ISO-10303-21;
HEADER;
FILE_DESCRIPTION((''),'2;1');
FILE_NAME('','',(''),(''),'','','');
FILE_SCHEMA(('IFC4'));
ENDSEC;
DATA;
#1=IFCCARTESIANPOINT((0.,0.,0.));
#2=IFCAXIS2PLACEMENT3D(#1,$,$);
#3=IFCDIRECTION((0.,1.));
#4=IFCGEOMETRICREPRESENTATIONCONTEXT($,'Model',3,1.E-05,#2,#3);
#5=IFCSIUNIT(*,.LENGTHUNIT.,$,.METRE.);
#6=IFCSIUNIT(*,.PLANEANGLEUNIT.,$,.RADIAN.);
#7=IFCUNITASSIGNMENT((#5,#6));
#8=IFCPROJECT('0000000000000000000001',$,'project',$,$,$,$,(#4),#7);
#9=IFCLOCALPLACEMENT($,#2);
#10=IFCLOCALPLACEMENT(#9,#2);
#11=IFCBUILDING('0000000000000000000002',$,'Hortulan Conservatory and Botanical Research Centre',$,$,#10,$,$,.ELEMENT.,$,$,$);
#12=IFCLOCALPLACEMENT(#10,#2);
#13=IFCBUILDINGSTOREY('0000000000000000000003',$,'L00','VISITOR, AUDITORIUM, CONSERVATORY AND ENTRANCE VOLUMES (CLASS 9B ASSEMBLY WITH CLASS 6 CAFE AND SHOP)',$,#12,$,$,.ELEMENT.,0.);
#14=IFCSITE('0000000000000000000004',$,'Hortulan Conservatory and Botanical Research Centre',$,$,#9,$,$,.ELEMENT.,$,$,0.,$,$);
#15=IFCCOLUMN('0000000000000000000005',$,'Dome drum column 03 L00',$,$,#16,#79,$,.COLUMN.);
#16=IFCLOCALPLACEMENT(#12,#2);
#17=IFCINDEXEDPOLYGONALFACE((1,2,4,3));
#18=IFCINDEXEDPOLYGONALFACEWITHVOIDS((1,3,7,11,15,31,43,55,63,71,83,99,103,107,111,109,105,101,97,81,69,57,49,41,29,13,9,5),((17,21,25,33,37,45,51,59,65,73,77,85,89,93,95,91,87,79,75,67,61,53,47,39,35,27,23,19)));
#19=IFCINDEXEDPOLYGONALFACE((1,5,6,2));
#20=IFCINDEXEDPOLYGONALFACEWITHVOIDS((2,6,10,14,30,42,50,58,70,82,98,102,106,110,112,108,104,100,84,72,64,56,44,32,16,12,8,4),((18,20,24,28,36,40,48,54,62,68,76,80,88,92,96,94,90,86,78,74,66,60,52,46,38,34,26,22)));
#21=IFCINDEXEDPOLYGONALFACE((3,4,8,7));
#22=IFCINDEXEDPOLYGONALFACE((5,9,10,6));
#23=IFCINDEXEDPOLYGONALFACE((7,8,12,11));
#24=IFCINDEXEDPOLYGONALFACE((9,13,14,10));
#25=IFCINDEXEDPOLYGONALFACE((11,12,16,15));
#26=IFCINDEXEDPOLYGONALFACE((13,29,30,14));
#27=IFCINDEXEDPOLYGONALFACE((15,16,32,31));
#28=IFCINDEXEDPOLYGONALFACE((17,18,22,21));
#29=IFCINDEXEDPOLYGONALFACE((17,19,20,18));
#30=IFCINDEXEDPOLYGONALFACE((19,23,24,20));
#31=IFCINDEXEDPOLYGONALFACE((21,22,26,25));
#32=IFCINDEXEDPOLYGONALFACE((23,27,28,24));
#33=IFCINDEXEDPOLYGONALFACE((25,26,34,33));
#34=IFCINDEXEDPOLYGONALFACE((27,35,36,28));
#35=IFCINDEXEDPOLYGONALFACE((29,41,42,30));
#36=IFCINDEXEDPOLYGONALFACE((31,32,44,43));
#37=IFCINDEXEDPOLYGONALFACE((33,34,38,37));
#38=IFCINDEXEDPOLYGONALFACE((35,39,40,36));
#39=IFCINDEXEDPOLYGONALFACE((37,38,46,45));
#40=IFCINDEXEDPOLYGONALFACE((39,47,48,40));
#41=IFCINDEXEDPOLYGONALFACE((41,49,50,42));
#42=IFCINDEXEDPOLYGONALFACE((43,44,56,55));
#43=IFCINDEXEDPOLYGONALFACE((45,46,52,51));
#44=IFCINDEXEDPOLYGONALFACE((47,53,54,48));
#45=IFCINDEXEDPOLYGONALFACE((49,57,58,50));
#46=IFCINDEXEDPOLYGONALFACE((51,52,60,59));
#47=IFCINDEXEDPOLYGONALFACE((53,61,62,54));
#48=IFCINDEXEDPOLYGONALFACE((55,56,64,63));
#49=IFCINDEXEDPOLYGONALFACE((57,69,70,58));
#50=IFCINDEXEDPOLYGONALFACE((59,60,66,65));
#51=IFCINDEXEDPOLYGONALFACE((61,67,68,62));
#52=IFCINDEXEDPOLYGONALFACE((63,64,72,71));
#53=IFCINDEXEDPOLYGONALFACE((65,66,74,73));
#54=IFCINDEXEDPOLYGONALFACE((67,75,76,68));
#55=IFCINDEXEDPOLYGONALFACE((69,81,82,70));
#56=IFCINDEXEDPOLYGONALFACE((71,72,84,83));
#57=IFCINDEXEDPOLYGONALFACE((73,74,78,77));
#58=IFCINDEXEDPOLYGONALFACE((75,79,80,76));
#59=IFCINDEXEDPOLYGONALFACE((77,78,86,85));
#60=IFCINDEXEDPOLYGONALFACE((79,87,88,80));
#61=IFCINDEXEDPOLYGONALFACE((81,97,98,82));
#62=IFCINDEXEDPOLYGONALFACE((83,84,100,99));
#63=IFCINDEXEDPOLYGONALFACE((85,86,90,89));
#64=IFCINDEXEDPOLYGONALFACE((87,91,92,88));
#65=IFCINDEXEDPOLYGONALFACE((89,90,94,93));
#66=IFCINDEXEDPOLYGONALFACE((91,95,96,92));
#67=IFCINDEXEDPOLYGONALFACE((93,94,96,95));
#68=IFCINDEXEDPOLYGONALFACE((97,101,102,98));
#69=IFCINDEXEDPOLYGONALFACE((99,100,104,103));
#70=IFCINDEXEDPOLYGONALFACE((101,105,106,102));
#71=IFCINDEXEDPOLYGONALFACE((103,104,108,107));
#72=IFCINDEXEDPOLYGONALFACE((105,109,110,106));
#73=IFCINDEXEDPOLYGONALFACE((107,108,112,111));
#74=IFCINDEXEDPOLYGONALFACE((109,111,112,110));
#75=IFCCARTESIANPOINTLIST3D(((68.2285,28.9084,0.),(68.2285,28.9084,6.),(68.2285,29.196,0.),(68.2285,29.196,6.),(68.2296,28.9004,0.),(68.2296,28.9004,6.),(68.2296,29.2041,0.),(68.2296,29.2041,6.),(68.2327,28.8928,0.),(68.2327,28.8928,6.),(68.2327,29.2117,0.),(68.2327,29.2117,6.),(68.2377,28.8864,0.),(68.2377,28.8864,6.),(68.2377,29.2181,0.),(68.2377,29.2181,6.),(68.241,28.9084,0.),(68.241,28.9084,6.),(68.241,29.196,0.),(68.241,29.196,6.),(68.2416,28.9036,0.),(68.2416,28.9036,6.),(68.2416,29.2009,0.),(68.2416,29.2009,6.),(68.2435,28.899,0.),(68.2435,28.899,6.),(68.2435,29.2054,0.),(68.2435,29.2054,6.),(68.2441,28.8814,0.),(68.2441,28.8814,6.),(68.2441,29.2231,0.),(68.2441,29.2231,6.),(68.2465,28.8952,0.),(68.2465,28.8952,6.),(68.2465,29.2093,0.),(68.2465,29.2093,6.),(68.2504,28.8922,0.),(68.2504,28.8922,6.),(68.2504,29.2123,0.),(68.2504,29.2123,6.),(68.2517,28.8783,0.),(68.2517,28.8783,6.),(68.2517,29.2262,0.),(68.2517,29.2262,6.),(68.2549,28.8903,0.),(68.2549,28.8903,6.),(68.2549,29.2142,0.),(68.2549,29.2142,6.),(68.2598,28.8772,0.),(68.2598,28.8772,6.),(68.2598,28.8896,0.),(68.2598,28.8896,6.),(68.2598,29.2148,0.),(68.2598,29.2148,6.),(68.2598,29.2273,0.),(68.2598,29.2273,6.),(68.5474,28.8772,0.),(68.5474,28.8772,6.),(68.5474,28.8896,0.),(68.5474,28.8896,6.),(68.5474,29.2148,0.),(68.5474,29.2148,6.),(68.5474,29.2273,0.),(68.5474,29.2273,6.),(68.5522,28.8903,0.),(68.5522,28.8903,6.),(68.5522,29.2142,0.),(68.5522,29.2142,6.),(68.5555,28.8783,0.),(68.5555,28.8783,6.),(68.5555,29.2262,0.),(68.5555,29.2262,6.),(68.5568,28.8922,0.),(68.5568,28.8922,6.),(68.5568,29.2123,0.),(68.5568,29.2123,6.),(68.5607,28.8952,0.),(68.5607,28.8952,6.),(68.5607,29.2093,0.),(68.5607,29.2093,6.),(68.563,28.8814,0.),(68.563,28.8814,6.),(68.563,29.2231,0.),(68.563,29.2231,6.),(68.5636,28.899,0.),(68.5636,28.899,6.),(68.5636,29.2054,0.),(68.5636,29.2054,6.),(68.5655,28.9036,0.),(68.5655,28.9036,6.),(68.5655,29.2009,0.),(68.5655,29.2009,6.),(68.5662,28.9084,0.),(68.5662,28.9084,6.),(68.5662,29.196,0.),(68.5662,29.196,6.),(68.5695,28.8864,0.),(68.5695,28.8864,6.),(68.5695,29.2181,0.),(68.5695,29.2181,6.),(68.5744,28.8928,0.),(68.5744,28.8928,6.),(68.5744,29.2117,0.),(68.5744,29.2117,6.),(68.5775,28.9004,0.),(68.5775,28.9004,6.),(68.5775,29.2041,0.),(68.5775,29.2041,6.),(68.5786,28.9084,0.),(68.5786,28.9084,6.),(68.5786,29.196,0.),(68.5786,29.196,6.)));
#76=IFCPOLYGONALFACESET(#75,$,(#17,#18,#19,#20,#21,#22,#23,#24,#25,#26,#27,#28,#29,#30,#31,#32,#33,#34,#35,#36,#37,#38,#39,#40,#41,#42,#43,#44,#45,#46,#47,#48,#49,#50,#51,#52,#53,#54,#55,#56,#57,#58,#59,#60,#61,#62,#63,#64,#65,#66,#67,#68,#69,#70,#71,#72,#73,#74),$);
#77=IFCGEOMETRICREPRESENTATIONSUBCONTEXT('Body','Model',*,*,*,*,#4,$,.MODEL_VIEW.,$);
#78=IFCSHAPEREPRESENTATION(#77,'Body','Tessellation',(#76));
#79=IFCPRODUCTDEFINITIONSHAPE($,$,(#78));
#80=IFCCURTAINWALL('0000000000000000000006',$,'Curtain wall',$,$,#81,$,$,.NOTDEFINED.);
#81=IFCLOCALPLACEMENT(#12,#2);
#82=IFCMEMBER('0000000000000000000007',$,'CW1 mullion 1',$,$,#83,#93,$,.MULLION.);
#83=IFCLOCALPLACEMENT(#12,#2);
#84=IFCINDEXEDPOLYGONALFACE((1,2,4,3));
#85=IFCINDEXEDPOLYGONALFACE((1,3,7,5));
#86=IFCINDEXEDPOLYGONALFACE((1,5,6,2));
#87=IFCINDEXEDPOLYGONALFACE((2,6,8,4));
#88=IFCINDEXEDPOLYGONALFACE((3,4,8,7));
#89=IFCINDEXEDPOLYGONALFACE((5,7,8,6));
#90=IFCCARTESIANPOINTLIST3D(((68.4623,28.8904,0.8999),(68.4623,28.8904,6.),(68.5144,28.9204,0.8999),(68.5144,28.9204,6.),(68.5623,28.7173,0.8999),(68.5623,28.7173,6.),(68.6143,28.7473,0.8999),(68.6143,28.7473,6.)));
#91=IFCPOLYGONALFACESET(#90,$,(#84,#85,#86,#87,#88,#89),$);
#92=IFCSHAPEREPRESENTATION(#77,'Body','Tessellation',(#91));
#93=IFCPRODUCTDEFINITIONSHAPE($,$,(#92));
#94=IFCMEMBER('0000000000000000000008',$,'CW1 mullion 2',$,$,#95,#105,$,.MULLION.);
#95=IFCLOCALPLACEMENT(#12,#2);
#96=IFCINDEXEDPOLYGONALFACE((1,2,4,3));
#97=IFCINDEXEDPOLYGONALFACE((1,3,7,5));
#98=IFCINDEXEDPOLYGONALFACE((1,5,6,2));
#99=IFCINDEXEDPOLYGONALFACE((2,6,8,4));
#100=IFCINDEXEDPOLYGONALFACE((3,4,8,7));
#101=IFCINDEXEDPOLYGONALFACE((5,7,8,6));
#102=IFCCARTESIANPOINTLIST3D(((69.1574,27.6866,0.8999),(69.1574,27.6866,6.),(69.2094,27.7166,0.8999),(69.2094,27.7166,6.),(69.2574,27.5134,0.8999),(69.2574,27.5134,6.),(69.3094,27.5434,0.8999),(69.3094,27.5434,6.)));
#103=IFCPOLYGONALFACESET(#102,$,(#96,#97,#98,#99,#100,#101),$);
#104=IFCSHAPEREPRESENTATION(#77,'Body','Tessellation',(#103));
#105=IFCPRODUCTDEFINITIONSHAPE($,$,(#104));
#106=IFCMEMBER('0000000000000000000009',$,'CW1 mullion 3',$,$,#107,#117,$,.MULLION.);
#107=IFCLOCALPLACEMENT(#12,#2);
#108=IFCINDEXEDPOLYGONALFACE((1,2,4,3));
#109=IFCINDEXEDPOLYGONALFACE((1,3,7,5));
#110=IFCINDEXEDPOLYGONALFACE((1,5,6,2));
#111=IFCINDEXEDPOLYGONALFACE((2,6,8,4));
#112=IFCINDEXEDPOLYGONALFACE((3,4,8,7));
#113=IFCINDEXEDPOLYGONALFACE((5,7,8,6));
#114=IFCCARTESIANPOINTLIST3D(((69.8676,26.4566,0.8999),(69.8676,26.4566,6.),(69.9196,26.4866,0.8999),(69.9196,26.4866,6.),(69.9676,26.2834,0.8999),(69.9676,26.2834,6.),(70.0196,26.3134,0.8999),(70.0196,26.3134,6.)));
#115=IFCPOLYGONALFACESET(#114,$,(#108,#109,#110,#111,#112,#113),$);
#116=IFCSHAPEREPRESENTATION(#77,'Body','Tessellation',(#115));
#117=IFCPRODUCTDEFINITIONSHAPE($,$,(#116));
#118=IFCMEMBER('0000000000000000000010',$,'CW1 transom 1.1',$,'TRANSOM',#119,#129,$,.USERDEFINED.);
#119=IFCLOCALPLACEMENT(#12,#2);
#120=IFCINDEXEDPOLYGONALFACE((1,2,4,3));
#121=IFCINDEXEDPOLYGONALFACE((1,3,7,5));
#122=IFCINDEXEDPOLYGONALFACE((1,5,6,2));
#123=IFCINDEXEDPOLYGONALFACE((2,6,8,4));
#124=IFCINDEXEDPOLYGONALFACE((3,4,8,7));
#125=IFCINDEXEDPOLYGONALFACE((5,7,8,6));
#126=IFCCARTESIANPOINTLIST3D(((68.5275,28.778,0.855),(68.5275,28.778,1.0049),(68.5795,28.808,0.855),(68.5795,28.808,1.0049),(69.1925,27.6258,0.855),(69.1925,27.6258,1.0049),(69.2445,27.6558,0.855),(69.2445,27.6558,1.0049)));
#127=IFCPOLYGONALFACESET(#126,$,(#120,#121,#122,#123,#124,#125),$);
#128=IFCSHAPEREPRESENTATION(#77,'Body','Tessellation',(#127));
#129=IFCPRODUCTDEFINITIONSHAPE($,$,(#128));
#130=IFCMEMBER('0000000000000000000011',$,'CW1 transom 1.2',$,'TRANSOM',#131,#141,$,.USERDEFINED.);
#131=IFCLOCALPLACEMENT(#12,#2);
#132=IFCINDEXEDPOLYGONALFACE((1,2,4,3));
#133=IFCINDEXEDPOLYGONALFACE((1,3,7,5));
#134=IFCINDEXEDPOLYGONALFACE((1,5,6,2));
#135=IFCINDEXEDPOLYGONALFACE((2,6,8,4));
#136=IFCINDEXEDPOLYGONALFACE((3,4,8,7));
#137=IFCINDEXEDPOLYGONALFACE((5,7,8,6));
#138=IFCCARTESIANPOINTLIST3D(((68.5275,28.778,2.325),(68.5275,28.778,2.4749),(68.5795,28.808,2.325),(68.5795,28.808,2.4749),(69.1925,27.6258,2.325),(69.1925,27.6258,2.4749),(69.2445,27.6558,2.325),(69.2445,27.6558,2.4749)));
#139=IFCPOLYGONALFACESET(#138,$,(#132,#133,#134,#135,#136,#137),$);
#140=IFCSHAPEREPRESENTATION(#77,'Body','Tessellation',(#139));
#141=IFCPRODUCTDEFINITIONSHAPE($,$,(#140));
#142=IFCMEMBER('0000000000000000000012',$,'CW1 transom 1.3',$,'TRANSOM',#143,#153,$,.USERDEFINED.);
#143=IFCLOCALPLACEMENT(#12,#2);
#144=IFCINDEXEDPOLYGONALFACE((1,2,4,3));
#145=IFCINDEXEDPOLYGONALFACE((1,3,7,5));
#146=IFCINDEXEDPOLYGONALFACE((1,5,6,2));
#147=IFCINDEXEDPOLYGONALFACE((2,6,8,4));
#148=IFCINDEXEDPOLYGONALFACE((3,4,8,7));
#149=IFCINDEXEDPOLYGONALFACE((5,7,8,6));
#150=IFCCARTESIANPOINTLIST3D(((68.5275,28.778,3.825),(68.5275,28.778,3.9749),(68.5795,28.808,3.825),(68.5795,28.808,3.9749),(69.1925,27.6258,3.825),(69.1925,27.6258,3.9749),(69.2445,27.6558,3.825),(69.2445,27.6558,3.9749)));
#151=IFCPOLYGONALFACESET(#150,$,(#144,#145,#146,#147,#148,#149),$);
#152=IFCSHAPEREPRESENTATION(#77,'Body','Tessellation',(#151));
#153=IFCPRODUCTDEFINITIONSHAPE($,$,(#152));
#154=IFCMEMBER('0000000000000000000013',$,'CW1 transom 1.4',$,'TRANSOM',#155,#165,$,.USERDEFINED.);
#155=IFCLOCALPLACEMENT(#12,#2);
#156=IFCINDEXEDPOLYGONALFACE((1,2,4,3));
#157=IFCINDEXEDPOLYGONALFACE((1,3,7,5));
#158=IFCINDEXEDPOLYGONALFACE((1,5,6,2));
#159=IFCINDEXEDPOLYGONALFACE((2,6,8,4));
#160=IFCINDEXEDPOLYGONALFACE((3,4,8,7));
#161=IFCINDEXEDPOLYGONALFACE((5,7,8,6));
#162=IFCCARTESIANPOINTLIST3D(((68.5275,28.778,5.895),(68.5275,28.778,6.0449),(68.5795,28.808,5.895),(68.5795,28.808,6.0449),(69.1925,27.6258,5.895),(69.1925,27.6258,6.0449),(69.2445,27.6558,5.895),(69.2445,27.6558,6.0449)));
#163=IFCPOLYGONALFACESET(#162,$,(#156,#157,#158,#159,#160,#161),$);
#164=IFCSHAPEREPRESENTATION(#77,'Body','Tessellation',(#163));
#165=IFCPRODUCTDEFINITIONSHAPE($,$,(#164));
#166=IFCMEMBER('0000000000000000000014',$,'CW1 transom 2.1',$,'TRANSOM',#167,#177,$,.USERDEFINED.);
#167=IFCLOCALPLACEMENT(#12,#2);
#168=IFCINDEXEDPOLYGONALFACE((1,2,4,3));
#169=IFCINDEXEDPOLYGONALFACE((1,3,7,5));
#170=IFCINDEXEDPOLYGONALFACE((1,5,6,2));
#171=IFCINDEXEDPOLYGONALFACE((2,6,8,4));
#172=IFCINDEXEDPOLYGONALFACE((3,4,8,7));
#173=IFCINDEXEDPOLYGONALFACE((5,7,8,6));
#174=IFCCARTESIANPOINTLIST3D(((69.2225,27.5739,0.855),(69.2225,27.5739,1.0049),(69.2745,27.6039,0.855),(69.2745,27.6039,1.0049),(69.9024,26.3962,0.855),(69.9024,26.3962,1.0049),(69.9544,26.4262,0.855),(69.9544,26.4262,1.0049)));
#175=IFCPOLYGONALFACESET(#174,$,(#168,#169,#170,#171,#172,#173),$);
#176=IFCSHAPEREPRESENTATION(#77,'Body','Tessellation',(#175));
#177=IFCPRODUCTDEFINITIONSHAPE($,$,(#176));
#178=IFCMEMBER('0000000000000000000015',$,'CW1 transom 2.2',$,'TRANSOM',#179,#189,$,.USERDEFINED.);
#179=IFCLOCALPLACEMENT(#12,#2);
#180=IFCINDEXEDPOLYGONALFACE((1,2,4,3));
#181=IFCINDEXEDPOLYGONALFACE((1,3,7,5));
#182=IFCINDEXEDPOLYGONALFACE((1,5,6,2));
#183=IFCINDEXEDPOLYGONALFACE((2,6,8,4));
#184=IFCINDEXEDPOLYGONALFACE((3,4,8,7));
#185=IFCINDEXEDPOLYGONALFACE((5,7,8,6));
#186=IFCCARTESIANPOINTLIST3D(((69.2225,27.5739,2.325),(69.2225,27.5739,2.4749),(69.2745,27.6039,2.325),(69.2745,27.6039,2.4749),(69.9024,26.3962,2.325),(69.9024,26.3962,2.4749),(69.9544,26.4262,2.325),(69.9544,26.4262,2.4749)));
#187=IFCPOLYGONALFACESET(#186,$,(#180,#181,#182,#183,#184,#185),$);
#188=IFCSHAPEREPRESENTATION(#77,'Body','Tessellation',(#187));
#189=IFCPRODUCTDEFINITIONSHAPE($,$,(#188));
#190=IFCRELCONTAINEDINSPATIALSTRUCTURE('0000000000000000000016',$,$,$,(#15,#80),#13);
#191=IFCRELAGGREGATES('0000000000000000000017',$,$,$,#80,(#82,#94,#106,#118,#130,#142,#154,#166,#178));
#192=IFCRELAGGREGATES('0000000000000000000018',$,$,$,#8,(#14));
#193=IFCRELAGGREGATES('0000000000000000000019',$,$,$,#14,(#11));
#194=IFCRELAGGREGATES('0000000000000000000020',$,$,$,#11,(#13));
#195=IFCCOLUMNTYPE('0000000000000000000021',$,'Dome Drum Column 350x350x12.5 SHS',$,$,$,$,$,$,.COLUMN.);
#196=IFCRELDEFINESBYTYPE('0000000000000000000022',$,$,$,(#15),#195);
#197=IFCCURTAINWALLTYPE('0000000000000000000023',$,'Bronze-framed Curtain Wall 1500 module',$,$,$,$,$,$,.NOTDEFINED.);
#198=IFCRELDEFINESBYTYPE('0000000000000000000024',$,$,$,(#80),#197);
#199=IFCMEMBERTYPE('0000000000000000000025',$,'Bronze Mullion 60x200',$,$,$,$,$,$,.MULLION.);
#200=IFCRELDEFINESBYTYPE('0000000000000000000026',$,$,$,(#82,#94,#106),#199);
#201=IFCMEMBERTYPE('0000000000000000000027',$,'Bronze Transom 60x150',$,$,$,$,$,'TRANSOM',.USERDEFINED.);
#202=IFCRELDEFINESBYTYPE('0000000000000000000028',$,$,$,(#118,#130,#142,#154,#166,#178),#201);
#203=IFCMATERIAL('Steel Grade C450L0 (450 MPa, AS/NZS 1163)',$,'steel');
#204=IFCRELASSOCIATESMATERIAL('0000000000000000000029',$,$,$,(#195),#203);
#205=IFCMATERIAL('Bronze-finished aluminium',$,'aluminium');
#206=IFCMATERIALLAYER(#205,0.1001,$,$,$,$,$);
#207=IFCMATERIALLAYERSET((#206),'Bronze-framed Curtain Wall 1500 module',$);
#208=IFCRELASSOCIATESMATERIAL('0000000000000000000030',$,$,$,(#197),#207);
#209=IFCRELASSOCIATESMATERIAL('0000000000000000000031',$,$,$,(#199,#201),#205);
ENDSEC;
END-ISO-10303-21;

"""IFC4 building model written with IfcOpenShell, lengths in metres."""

from ifc_helpers import new_model, si_unit, direction, frame, origin, origin_2d, place, context, subcontext, project, spatial, rectangle, hollow_rectangle, extrude, material, layer, layer_set, material_profile, profile_set, type_object, element, aggregate, save


model = new_model("IFC4")

# Units and contexts
model_context = context("Model", 3, precision=1e-05, world=origin(), true_north=direction((0.0, 1.0)))
body_context = subcontext(model_context, "Body", "Model", "MODEL_VIEW")
ifc_project = project(units=[si_unit("LENGTHUNIT", "METRE"), si_unit("PLANEANGLEUNIT", "RADIAN")], contexts=[model_context])

# Site, building, storey
site_placement = place(None, origin())
site = spatial("IfcSite", under=ifc_project, at=site_placement, Name="Hortulan Conservatory and Botanical Research Centre", CompositionType="ELEMENT", RefElevation=0.0)
building_placement = place(site_placement, origin())
building = spatial("IfcBuilding", under=site, at=building_placement, Name="Hortulan Conservatory and Botanical Research Centre", CompositionType="ELEMENT")
storey_placement = place(building_placement, origin())
storey = spatial("IfcBuildingStorey", under=building, at=storey_placement, Name="L00", Description="VISITOR, AUDITORIUM, CONSERVATORY AND ENTRANCE VOLUMES (CLASS 9B ASSEMBLY WITH CLASS 6 CAFE AND SHOP)", CompositionType="ELEMENT", Elevation=0.0)

# Column
ifc_material_1 = material(Name="Steel Grade C450L0 (450 MPa, AS/NZS 1163)", Category="steel")
ifc_material_profile_1 = material_profile(ifc_material_1, hollow_rectangle(XDim=0.3501, YDim=0.3501, WallThickness=0.0125, InnerFilletRadius=0.0188, OuterFilletRadius=0.0312, at=origin_2d()), Name="350x350x12.5SHS")
ifc_profile_set_1 = profile_set([ifc_material_profile_1], Name="Steel Grade C450L0 (450 MPa, AS/NZS 1163)")
column_type = type_object("IfcColumnType", Name="Dome Drum Column 350x350x12.5 SHS", PredefinedType="COLUMN", material=ifc_profile_set_1)
column_placement = place(storey_placement, frame((68.4036, 29.0522, 0.0), z_axis=(0.0, 0.0, 1.0), x_axis=(1.0, 0.0, 0.0)))
element("IfcColumn", 1, at=column_placement, inside=storey, type_object=column_type, Name="Dome drum column 03 L00", PredefinedType="COLUMN", context=body_context, shape_type="SweptSolid", body=[
    extrude(hollow_rectangle(XDim=0.3501, YDim=0.3501, WallThickness=0.0125, InnerFilletRadius=0.0188, OuterFilletRadius=0.0312, at=origin_2d()), origin(), (0.0, 0.0, 1.0), 6.0),
])

# Curtain wall, members
ifc_material_2 = material(Name="Bronze-finished aluminium", Category="aluminium")
ifc_layer_1 = layer(ifc_material_2, 0.1001)
ifc_layer_set_1 = layer_set([ifc_layer_1], Name="Bronze-framed Curtain Wall 1500 module")
curtain_wall_type = type_object("IfcCurtainWallType", Name="Bronze-framed Curtain Wall 1500 module", PredefinedType="NOTDEFINED", material=ifc_layer_set_1)
curtain_wall_placement = place(storey_placement, origin())
curtain_wall = element("IfcCurtainWall", 2, at=curtain_wall_placement, inside=storey, type_object=curtain_wall_type, Name="Curtain wall", PredefinedType="NOTDEFINED")
ifc_material_profile_2 = material_profile(ifc_material_2, rectangle(XDim=0.0601, YDim=0.2, at=origin_2d()), Name="Bronze Mullion 60x200")
ifc_profile_set_2 = profile_set([ifc_material_profile_2], Name="Bronze-finished aluminium")
member_type_1 = type_object("IfcMemberType", Name="Bronze Mullion 60x200", PredefinedType="MULLION", material=ifc_profile_set_2)
member_1_placement = place(storey_placement, frame((68.5383, 28.8188, 0.8999), z_axis=(0.0, 0.0, 1.0), x_axis=(0.866036, 0.499981, 0.0)))
member_1 = element("IfcMember", 3, at=member_1_placement, type_object=member_type_1, Name="CW1 mullion 1", PredefinedType="MULLION", context=body_context, shape_type="SweptSolid", body=[
    extrude(rectangle(XDim=0.0601, YDim=0.2, at=origin_2d()), origin(), (0.0, 0.0, 1.0), 5.1001),
])
member_2_placement = place(storey_placement, frame((69.2334, 27.615, 0.8999), z_axis=(0.0, 0.0, 1.0), x_axis=(0.866036, 0.499981, 0.0)))
member_2 = element("IfcMember", 4, at=member_2_placement, type_object=member_type_1, Name="CW1 mullion 2", PredefinedType="MULLION", context=body_context, shape_type="SweptSolid", body=[
    extrude(rectangle(XDim=0.0601, YDim=0.2, at=origin_2d()), origin(), (0.0, 0.0, 1.0), 5.1001),
])
member_3_placement = place(storey_placement, frame((69.9436, 26.385, 0.8999), z_axis=(0.0, 0.0, 1.0), x_axis=(0.866036, 0.499981, 0.0)))
member_3 = element("IfcMember", 5, at=member_3_placement, type_object=member_type_1, Name="CW1 mullion 3", PredefinedType="MULLION", context=body_context, shape_type="SweptSolid", body=[
    extrude(rectangle(XDim=0.0601, YDim=0.2, at=origin_2d()), origin(), (0.0, 0.0, 1.0), 5.1001),
])
ifc_material_profile_3 = material_profile(ifc_material_2, rectangle(XDim=0.0601, YDim=0.1499, at=origin_2d()), Name="Bronze Transom 60x150")
ifc_profile_set_3 = profile_set([ifc_material_profile_3], Name="Bronze-finished aluminium")
member_type_2 = type_object("IfcMemberType", Name="Bronze Transom 60x150", ElementType="TRANSOM", PredefinedType="USERDEFINED", material=ifc_profile_set_3)
member_4_placement = place(storey_placement, frame((68.5535, 28.793, 0.9299), z_axis=(0.499929, -0.866066, 0.0), x_axis=(0.866066, 0.499929, 0.0)))
member_4 = element("IfcMember", 6, at=member_4_placement, type_object=member_type_2, Name="CW1 transom 1.1", ObjectType="TRANSOM", PredefinedType="USERDEFINED", context=body_context, shape_type="SweptSolid", body=[
    extrude(rectangle(XDim=0.0601, YDim=0.1499, at=origin_2d()), origin(), (0.0, 0.0, 1.0), 1.3303),
])
member_5_placement = place(storey_placement, frame((68.5535, 28.793, 2.3999), z_axis=(0.499929, -0.866066, 0.0), x_axis=(0.866066, 0.499929, 0.0)))
member_5 = element("IfcMember", 7, at=member_5_placement, type_object=member_type_2, Name="CW1 transom 1.2", ObjectType="TRANSOM", PredefinedType="USERDEFINED", context=body_context, shape_type="SweptSolid", body=[
    extrude(rectangle(XDim=0.0601, YDim=0.1499, at=origin_2d()), origin(), (0.0, 0.0, 1.0), 1.3303),
])
member_6_placement = place(storey_placement, frame((68.5535, 28.793, 3.8999), z_axis=(0.499929, -0.866066, 0.0), x_axis=(0.866066, 0.499929, 0.0)))
member_6 = element("IfcMember", 8, at=member_6_placement, type_object=member_type_2, Name="CW1 transom 1.3", ObjectType="TRANSOM", PredefinedType="USERDEFINED", context=body_context, shape_type="SweptSolid", body=[
    extrude(rectangle(XDim=0.0601, YDim=0.1499, at=origin_2d()), origin(), (0.0, 0.0, 1.0), 1.3303),
])
member_7_placement = place(storey_placement, frame((68.5535, 28.793, 5.97), z_axis=(0.499929, -0.866066, 0.0), x_axis=(0.866066, 0.499929, 0.0)))
member_7 = element("IfcMember", 9, at=member_7_placement, type_object=member_type_2, Name="CW1 transom 1.4", ObjectType="TRANSOM", PredefinedType="USERDEFINED", context=body_context, shape_type="SweptSolid", body=[
    extrude(rectangle(XDim=0.0601, YDim=0.1499, at=origin_2d()), origin(), (0.0, 0.0, 1.0), 1.3303),
])
member_8_placement = place(storey_placement, frame((69.2485, 27.5889, 0.9299), z_axis=(0.499981, -0.866036, 0.0), x_axis=(0.866036, 0.499981, 0.0)))
member_8 = element("IfcMember", 10, at=member_8_placement, type_object=member_type_2, Name="CW1 transom 2.1", ObjectType="TRANSOM", PredefinedType="USERDEFINED", context=body_context, shape_type="SweptSolid", body=[
    extrude(rectangle(XDim=0.0601, YDim=0.1499, at=origin_2d()), origin(), (0.0, 0.0, 1.0), 1.3599),
])
member_9_placement = place(storey_placement, frame((69.2485, 27.5889, 2.3999), z_axis=(0.499981, -0.866036, 0.0), x_axis=(0.866036, 0.499981, 0.0)))
member_9 = element("IfcMember", 11, at=member_9_placement, type_object=member_type_2, Name="CW1 transom 2.2", ObjectType="TRANSOM", PredefinedType="USERDEFINED", context=body_context, shape_type="SweptSolid", body=[
    extrude(rectangle(XDim=0.0601, YDim=0.1499, at=origin_2d()), origin(), (0.0, 0.0, 1.0), 1.3599),
])

aggregate(curtain_wall, [member_1, member_2, member_3, member_4, member_5, member_6, member_7, member_8, member_9])

save(model, "model.ifc")
